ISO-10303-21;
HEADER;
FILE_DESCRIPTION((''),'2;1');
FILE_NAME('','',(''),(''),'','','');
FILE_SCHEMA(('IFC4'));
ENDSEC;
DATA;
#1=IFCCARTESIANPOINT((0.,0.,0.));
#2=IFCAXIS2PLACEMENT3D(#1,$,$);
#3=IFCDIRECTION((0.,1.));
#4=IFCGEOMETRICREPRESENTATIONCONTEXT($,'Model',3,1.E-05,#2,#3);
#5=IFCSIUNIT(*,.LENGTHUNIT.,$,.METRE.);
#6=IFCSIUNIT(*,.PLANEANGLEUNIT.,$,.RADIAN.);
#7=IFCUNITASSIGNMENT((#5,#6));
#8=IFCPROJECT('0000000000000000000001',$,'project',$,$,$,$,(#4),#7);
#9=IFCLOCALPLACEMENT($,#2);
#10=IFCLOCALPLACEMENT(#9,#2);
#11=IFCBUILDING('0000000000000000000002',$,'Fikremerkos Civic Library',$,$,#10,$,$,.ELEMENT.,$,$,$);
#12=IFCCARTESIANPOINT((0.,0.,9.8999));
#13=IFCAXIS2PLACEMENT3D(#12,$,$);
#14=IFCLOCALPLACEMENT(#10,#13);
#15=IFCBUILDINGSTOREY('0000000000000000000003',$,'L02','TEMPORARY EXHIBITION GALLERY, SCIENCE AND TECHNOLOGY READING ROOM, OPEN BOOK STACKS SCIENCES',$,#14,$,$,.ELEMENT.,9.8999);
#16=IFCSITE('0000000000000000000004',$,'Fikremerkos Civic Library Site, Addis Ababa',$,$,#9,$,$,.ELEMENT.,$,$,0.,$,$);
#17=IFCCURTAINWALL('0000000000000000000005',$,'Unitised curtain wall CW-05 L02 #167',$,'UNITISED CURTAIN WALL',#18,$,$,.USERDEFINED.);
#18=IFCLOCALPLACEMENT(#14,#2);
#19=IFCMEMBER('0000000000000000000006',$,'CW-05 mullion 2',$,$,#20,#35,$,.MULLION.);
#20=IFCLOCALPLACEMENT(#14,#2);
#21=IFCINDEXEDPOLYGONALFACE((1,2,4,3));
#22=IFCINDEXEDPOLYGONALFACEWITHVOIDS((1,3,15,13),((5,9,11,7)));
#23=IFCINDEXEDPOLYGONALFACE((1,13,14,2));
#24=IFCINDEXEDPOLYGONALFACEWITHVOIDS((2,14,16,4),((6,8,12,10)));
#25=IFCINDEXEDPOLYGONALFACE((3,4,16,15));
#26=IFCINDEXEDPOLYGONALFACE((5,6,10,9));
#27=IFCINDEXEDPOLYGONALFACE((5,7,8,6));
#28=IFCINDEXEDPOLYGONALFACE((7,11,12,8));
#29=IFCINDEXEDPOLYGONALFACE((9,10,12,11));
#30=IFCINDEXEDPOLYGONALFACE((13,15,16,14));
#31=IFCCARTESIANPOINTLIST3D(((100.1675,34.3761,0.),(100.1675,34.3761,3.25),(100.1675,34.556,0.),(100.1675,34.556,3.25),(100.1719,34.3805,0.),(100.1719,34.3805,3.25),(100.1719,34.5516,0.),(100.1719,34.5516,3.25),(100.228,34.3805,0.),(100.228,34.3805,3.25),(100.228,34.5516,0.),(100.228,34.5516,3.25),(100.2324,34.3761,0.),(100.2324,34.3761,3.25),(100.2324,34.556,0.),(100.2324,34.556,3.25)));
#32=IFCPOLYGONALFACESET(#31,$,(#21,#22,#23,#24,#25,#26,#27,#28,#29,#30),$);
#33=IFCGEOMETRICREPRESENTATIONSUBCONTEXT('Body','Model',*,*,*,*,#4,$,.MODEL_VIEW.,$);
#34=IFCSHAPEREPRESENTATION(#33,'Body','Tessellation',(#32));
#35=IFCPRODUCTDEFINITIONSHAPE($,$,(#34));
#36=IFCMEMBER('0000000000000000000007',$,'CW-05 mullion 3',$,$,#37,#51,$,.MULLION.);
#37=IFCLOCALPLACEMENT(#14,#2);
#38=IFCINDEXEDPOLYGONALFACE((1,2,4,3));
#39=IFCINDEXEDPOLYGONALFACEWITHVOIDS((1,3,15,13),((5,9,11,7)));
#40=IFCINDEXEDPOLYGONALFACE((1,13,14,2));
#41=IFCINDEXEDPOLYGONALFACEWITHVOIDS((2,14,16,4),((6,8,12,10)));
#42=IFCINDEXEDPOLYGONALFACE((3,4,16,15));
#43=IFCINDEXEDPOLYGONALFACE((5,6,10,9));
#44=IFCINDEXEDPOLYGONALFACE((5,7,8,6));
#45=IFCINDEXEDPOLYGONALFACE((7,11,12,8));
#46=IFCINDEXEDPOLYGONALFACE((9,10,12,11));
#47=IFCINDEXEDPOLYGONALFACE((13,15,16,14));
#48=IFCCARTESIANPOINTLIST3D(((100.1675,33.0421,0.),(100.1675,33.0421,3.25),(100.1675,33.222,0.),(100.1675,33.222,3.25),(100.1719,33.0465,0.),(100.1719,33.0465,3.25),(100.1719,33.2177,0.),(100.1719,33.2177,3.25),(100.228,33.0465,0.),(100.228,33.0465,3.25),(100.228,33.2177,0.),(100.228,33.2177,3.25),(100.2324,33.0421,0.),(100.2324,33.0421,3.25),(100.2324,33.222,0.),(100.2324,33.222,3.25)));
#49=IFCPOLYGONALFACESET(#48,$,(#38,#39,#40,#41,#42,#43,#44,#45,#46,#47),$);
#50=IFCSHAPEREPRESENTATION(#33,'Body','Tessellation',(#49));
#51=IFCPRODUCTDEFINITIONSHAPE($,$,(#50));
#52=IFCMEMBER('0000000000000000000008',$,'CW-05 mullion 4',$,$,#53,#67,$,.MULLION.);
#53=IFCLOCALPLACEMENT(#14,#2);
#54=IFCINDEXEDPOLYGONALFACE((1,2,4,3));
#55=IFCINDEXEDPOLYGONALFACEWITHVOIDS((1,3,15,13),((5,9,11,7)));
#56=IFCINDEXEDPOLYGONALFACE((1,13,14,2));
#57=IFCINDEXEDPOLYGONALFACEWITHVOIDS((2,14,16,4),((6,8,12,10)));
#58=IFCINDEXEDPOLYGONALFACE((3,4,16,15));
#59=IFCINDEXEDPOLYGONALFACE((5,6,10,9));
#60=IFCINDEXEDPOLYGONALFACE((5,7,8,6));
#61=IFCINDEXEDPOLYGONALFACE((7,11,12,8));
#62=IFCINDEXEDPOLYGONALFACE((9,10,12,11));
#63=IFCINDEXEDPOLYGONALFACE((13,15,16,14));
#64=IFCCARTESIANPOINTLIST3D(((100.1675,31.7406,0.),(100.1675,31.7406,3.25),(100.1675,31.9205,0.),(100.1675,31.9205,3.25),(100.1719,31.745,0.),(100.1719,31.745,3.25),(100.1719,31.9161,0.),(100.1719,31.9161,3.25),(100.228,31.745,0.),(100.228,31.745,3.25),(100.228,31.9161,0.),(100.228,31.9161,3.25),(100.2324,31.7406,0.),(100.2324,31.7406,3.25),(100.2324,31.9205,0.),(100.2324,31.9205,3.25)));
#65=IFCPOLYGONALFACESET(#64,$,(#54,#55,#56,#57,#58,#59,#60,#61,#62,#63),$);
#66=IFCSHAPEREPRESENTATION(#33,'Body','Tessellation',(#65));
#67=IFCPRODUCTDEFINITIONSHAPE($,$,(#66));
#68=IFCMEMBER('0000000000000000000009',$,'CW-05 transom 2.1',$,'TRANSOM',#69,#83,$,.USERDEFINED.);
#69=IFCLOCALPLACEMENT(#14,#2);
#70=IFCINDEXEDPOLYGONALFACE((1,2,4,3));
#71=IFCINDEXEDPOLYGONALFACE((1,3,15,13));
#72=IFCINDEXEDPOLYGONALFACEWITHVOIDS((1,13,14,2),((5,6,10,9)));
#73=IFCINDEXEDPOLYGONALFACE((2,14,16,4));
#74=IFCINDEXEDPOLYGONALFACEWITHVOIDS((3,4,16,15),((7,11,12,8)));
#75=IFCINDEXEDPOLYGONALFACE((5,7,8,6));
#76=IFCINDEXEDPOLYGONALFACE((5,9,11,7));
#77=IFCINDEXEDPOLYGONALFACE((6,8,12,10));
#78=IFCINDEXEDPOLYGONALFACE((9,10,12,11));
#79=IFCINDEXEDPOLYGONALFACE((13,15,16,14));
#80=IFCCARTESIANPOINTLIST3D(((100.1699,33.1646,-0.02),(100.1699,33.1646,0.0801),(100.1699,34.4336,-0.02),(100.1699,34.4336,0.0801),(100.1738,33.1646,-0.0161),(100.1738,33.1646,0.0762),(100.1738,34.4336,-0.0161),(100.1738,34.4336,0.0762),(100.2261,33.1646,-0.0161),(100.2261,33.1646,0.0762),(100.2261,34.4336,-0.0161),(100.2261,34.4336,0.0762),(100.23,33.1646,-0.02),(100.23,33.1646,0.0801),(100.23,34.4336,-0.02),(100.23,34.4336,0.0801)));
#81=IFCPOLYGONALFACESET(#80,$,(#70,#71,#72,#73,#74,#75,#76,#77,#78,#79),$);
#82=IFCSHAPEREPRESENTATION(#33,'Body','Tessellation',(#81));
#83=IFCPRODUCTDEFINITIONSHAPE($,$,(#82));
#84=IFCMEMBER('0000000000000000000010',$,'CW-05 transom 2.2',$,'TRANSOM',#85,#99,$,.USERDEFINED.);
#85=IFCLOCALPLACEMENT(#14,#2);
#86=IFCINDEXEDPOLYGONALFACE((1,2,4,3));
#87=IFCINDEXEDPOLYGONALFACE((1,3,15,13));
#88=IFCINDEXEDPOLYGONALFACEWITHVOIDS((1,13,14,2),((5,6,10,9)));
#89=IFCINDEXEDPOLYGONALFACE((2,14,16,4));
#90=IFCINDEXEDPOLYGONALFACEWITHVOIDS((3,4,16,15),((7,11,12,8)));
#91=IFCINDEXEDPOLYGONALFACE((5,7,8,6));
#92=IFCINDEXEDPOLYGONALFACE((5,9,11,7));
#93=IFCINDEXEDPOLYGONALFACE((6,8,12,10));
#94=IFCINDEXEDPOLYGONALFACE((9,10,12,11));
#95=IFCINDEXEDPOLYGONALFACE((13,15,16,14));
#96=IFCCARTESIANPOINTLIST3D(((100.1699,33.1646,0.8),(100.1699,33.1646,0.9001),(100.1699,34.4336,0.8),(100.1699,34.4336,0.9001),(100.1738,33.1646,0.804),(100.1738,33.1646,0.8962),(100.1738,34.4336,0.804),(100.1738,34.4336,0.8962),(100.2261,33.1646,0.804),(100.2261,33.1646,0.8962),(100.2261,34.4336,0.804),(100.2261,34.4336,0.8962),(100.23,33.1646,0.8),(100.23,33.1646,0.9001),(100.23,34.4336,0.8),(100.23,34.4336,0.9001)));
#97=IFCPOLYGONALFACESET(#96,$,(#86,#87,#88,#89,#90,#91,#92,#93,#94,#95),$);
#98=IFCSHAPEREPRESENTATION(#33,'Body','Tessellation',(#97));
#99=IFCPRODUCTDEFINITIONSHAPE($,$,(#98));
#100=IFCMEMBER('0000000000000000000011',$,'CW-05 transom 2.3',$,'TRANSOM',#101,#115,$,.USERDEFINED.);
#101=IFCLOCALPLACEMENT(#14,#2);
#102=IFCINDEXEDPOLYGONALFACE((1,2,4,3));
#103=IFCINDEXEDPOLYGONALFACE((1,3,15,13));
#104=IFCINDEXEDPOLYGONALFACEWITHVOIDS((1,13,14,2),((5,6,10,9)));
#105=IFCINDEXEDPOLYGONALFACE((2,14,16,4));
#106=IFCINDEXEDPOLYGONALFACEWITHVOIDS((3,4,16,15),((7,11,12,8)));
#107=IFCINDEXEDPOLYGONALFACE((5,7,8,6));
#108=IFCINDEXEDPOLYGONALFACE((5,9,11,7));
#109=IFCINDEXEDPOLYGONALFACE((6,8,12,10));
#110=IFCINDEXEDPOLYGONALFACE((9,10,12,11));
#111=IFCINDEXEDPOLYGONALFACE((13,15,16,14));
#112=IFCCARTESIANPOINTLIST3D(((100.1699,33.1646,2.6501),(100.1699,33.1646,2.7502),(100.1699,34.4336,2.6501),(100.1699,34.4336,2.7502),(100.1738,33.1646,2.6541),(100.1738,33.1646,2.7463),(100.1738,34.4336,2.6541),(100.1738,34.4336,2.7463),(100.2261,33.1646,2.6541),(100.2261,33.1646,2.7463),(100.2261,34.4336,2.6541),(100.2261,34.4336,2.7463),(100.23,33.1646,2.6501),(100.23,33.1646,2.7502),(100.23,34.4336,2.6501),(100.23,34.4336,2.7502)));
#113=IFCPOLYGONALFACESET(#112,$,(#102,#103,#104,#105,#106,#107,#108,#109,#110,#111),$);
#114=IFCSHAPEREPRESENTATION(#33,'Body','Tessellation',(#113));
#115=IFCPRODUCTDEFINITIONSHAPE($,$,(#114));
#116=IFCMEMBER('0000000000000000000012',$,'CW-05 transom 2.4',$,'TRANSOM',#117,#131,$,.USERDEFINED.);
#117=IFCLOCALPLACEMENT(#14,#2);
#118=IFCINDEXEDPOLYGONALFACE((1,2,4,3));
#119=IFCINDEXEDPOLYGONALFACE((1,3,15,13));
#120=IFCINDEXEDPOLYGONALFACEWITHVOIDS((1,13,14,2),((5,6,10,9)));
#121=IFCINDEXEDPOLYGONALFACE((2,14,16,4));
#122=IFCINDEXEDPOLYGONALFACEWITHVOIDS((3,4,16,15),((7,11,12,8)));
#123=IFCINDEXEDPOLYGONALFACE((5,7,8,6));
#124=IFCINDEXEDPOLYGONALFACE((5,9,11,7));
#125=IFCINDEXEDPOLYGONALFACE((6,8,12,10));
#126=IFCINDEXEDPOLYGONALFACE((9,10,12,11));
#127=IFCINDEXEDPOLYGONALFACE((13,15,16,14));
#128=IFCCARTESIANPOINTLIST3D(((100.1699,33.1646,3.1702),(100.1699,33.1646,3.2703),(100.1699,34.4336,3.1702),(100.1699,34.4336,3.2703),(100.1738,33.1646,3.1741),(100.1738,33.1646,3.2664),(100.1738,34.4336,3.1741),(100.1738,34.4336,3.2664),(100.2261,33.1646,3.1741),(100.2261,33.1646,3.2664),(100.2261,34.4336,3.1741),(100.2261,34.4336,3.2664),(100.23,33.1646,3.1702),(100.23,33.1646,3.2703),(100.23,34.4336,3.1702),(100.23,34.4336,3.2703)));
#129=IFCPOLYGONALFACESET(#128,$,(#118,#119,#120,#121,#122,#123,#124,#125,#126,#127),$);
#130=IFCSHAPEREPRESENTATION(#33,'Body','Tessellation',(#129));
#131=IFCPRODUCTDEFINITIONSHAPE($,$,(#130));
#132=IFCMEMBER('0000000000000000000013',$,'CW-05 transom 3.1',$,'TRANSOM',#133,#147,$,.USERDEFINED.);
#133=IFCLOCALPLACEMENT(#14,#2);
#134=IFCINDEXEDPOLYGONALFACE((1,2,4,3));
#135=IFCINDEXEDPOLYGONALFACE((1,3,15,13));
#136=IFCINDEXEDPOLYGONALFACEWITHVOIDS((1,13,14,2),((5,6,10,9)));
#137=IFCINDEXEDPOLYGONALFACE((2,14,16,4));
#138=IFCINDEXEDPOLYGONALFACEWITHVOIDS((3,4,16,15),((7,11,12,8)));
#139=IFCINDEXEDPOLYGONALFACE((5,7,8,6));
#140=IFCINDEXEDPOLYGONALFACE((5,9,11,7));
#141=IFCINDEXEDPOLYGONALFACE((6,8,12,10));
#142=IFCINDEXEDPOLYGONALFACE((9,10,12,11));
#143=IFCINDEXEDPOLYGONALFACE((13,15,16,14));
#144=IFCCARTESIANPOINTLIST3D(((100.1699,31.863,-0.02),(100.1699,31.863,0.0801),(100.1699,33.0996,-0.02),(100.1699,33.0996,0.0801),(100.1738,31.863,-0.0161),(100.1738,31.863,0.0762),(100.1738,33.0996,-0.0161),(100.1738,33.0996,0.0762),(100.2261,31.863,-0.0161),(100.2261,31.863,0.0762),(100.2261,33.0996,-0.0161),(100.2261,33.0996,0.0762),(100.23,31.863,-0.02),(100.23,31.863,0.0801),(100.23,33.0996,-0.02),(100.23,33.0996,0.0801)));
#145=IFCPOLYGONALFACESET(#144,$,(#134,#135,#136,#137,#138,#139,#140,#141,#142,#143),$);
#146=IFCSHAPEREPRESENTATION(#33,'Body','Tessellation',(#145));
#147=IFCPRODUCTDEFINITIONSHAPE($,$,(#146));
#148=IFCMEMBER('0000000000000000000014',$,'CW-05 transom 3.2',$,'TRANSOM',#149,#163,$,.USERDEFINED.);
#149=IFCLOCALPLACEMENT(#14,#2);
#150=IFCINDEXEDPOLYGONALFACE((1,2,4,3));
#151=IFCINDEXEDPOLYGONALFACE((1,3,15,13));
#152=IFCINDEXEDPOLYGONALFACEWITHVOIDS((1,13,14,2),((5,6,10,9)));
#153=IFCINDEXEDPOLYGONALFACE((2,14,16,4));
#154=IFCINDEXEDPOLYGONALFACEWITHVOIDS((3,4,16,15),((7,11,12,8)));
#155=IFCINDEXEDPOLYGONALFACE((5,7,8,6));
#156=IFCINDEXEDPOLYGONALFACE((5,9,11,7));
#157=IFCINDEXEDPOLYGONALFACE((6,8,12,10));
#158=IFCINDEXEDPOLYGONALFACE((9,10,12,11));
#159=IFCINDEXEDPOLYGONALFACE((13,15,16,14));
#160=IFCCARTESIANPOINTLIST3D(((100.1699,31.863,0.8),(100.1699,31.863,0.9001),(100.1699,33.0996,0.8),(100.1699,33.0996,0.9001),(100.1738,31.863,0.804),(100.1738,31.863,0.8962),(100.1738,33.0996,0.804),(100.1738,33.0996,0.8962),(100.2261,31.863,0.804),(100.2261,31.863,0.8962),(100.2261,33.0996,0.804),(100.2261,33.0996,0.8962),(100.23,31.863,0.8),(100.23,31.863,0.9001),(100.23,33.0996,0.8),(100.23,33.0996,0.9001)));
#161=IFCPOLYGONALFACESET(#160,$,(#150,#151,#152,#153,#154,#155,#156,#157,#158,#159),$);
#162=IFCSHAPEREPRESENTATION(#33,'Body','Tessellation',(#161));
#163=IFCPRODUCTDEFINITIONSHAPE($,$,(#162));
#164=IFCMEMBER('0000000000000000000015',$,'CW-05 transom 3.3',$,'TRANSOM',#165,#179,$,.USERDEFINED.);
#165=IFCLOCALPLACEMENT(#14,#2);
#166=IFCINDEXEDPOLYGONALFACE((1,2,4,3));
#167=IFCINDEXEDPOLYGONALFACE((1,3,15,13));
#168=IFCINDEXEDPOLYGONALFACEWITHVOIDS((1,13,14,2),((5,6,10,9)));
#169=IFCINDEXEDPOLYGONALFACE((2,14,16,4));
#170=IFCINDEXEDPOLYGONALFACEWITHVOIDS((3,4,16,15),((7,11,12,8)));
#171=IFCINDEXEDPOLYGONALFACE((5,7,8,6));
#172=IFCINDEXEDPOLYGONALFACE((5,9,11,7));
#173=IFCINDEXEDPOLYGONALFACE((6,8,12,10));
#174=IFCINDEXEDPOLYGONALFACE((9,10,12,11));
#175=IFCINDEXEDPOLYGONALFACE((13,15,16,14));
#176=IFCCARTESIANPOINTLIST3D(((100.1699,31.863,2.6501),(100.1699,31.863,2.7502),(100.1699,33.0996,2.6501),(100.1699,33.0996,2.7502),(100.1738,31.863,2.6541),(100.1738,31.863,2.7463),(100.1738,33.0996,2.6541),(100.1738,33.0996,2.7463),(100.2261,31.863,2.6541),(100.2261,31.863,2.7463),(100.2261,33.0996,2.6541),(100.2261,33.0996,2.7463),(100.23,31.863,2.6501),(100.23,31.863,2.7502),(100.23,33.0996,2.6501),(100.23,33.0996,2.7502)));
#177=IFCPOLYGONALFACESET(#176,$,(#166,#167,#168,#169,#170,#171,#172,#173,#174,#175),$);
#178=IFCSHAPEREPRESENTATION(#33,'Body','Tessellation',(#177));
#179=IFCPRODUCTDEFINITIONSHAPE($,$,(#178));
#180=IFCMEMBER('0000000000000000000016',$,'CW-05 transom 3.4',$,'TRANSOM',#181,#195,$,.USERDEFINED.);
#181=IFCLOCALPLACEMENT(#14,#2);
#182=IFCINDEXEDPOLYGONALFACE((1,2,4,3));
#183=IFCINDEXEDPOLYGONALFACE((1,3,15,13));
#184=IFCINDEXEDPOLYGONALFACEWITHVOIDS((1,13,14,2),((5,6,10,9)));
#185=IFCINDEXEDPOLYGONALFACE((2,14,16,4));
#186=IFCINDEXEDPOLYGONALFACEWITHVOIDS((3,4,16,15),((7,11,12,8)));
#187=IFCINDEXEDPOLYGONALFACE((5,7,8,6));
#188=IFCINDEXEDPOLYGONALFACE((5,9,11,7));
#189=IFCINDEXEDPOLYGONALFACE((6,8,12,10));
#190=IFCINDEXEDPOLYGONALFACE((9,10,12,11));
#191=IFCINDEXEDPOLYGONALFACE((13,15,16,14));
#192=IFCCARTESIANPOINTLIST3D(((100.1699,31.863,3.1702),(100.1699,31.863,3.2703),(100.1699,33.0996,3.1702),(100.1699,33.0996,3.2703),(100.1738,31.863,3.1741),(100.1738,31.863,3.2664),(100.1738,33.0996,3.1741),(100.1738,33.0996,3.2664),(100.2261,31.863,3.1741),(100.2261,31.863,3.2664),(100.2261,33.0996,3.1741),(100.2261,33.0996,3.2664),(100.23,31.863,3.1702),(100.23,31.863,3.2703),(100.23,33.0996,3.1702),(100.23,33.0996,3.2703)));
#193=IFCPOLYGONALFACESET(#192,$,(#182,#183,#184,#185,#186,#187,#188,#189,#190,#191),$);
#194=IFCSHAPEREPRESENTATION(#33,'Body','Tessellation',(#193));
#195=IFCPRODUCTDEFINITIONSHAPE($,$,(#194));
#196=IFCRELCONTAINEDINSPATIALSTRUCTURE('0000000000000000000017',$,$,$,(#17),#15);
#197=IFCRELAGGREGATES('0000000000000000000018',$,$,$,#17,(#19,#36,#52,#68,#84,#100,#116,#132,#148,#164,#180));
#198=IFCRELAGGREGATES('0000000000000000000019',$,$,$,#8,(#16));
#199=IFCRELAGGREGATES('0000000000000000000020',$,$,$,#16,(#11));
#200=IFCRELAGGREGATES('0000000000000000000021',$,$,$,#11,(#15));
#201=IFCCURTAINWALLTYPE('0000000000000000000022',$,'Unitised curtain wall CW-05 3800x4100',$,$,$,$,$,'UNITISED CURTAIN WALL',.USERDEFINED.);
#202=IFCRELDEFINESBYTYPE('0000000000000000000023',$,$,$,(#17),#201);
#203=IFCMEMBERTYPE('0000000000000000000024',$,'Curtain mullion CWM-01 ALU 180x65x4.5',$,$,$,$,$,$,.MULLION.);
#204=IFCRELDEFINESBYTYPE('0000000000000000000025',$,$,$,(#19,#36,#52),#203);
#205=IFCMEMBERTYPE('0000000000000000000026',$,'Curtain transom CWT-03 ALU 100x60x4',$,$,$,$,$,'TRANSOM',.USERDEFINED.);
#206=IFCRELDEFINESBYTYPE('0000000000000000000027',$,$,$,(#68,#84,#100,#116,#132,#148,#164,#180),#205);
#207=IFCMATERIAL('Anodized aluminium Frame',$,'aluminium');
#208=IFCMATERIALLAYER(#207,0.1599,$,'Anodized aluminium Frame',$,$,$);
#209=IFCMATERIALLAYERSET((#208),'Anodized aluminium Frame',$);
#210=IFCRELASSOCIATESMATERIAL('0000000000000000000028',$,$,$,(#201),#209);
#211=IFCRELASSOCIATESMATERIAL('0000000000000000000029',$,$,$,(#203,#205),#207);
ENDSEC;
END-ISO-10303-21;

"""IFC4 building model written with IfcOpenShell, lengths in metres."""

from ifc_helpers import new_model, si_unit, direction, frame, origin, origin_2d, place, context, subcontext, project, spatial, hollow_rectangle, extrude, material, layer, layer_set, material_profile, profile_set, type_object, element, aggregate, save


model = new_model("IFC4")

# Units and contexts
model_context = context("Model", 3, precision=1e-05, world=origin(), true_north=direction((0.0, 1.0)))
body_context = subcontext(model_context, "Body", "Model", "MODEL_VIEW")
ifc_project = project(units=[si_unit("LENGTHUNIT", "METRE"), si_unit("PLANEANGLEUNIT", "RADIAN")], contexts=[model_context])

# Site, building, storey
site_placement = place(None, origin())
site = spatial("IfcSite", under=ifc_project, at=site_placement, Name="Fikremerkos Civic Library Site, Addis Ababa", CompositionType="ELEMENT", RefElevation=0.0)
building_placement = place(site_placement, origin())
building = spatial("IfcBuilding", under=site, at=building_placement, Name="Fikremerkos Civic Library", CompositionType="ELEMENT")
storey_placement = place(building_placement, frame((0.0, 0.0, 9.8999)))
storey = spatial("IfcBuildingStorey", under=building, at=storey_placement, Name="L02", Description="TEMPORARY EXHIBITION GALLERY, SCIENCE AND TECHNOLOGY READING ROOM, OPEN BOOK STACKS SCIENCES", CompositionType="ELEMENT", Elevation=9.8999)

# Curtain wall, members
ifc_material_1 = material(Name="Anodized aluminium Frame", Category="aluminium")
ifc_layer_1 = layer(ifc_material_1, 0.1599, Name="Anodized aluminium Frame")
ifc_layer_set_1 = layer_set([ifc_layer_1], Name="Anodized aluminium Frame")
curtain_wall_type = type_object("IfcCurtainWallType", Name="Unitised curtain wall CW-05 3800x4100", ElementType="UNITISED CURTAIN WALL", PredefinedType="USERDEFINED", material=ifc_layer_set_1)
curtain_wall_placement = place(storey_placement, origin())
curtain_wall = element("IfcCurtainWall", 1, at=curtain_wall_placement, inside=storey, type_object=curtain_wall_type, Name="Unitised curtain wall CW-05 L02 #167", ObjectType="UNITISED CURTAIN WALL", PredefinedType="USERDEFINED")
ifc_material_profile_1 = material_profile(ifc_material_1, hollow_rectangle(XDim=0.0649, YDim=0.1799, WallThickness=0.0044, at=origin_2d()), Name="ALU 180x65x4.5")
ifc_profile_set_1 = profile_set([ifc_material_profile_1], Name="Anodized aluminium Frame")
member_type_1 = type_object("IfcMemberType", Name="Curtain mullion CWM-01 ALU 180x65x4.5", PredefinedType="MULLION", material=ifc_profile_set_1)
member_1_placement = place(storey_placement, frame((100.2, 34.4661, 0.0), z_axis=(0.0, 0.0, 1.0), x_axis=(1.0, 0.0, 0.0)))
member_1 = element("IfcMember", 2, at=member_1_placement, type_object=member_type_1, Name="CW-05 mullion 2", PredefinedType="MULLION", context=body_context, shape_type="SweptSolid", body=[
    extrude(hollow_rectangle(XDim=0.0649, YDim=0.1799, WallThickness=0.0044, at=origin_2d()), origin(), (0.0, 0.0, 1.0), 3.25),
])
member_2_placement = place(storey_placement, frame((100.2, 33.1321, 0.0), z_axis=(0.0, 0.0, 1.0), x_axis=(1.0, 0.0, 0.0)))
member_2 = element("IfcMember", 3, at=member_2_placement, type_object=member_type_1, Name="CW-05 mullion 3", PredefinedType="MULLION", context=body_context, shape_type="SweptSolid", body=[
    extrude(hollow_rectangle(XDim=0.0649, YDim=0.1799, WallThickness=0.0044, at=origin_2d()), origin(), (0.0, 0.0, 1.0), 3.25),
])
member_3_placement = place(storey_placement, frame((100.2, 31.8306, 0.0), z_axis=(0.0, 0.0, 1.0), x_axis=(1.0, 0.0, 0.0)))
member_3 = element("IfcMember", 4, at=member_3_placement, type_object=member_type_1, Name="CW-05 mullion 4", PredefinedType="MULLION", context=body_context, shape_type="SweptSolid", body=[
    extrude(hollow_rectangle(XDim=0.0649, YDim=0.1799, WallThickness=0.0044, at=origin_2d()), origin(), (0.0, 0.0, 1.0), 3.25),
])
ifc_material_profile_2 = material_profile(ifc_material_1, hollow_rectangle(XDim=0.0601, YDim=0.1001, WallThickness=0.0039, at=origin_2d()), Name="ALU 100x60x4")
ifc_profile_set_2 = profile_set([ifc_material_profile_2], Name="Anodized aluminium Frame")
member_type_2 = type_object("IfcMemberType", Name="Curtain transom CWT-03 ALU 100x60x4", ElementType="TRANSOM", PredefinedType="USERDEFINED", material=ifc_profile_set_2)
member_4_placement = place(storey_placement, frame((100.2, 34.4336, 0.03), z_axis=(0.0, -1.0, 0.0), x_axis=(1.0, 0.0, 0.0)))
member_4 = element("IfcMember", 5, at=member_4_placement, type_object=member_type_2, Name="CW-05 transom 2.1", ObjectType="TRANSOM", PredefinedType="USERDEFINED", context=body_context, shape_type="SweptSolid", body=[
    extrude(hollow_rectangle(XDim=0.0601, YDim=0.1001, WallThickness=0.0039, at=origin_2d()), origin(), (0.0, 0.0, 1.0), 1.269),
])
member_5_placement = place(storey_placement, frame((100.2, 34.4336, 0.8501), z_axis=(0.0, -1.0, 0.0), x_axis=(1.0, 0.0, 0.0)))
member_5 = element("IfcMember", 6, at=member_5_placement, type_object=member_type_2, Name="CW-05 transom 2.2", ObjectType="TRANSOM", PredefinedType="USERDEFINED", context=body_context, shape_type="SweptSolid", body=[
    extrude(hollow_rectangle(XDim=0.0601, YDim=0.1001, WallThickness=0.0039, at=origin_2d()), origin(), (0.0, 0.0, 1.0), 1.269),
])
member_6_placement = place(storey_placement, frame((100.2, 34.4336, 2.7002), z_axis=(0.0, -1.0, 0.0), x_axis=(1.0, 0.0, 0.0)))
member_6 = element("IfcMember", 7, at=member_6_placement, type_object=member_type_2, Name="CW-05 transom 2.3", ObjectType="TRANSOM", PredefinedType="USERDEFINED", context=body_context, shape_type="SweptSolid", body=[
    extrude(hollow_rectangle(XDim=0.0601, YDim=0.1001, WallThickness=0.0039, at=origin_2d()), origin(), (0.0, 0.0, 1.0), 1.269),
])
member_7_placement = place(storey_placement, frame((100.2, 34.4336, 3.2202), z_axis=(0.0, -1.0, 0.0), x_axis=(1.0, 0.0, 0.0)))
member_7 = element("IfcMember", 8, at=member_7_placement, type_object=member_type_2, Name="CW-05 transom 2.4", ObjectType="TRANSOM", PredefinedType="USERDEFINED", context=body_context, shape_type="SweptSolid", body=[
    extrude(hollow_rectangle(XDim=0.0601, YDim=0.1001, WallThickness=0.0039, at=origin_2d()), origin(), (0.0, 0.0, 1.0), 1.269),
])
member_8_placement = place(storey_placement, frame((100.2, 33.0996, 0.03), z_axis=(0.0, -1.0, 0.0), x_axis=(1.0, 0.0, 0.0)))
member_8 = element("IfcMember", 9, at=member_8_placement, type_object=member_type_2, Name="CW-05 transom 3.1", ObjectType="TRANSOM", PredefinedType="USERDEFINED", context=body_context, shape_type="SweptSolid", body=[
    extrude(hollow_rectangle(XDim=0.0601, YDim=0.1001, WallThickness=0.0039, at=origin_2d()), origin(), (0.0, 0.0, 1.0), 1.2366),
])
member_9_placement = place(storey_placement, frame((100.2, 33.0996, 0.8501), z_axis=(0.0, -1.0, 0.0), x_axis=(1.0, 0.0, 0.0)))
member_9 = element("IfcMember", 10, at=member_9_placement, type_object=member_type_2, Name="CW-05 transom 3.2", ObjectType="TRANSOM", PredefinedType="USERDEFINED", context=body_context, shape_type="SweptSolid", body=[
    extrude(hollow_rectangle(XDim=0.0601, YDim=0.1001, WallThickness=0.0039, at=origin_2d()), origin(), (0.0, 0.0, 1.0), 1.2366),
])
member_10_placement = place(storey_placement, frame((100.2, 33.0996, 2.7002), z_axis=(0.0, -1.0, 0.0), x_axis=(1.0, 0.0, 0.0)))
member_10 = element("IfcMember", 11, at=member_10_placement, type_object=member_type_2, Name="CW-05 transom 3.3", ObjectType="TRANSOM", PredefinedType="USERDEFINED", context=body_context, shape_type="SweptSolid", body=[
    extrude(hollow_rectangle(XDim=0.0601, YDim=0.1001, WallThickness=0.0039, at=origin_2d()), origin(), (0.0, 0.0, 1.0), 1.2366),
])
member_11_placement = place(storey_placement, frame((100.2, 33.0996, 3.2202), z_axis=(0.0, -1.0, 0.0), x_axis=(1.0, 0.0, 0.0)))
member_11 = element("IfcMember", 12, at=member_11_placement, type_object=member_type_2, Name="CW-05 transom 3.4", ObjectType="TRANSOM", PredefinedType="USERDEFINED", context=body_context, shape_type="SweptSolid", body=[
    extrude(hollow_rectangle(XDim=0.0601, YDim=0.1001, WallThickness=0.0039, at=origin_2d()), origin(), (0.0, 0.0, 1.0), 1.2366),
])

aggregate(curtain_wall, [member_1, member_2, member_3, member_4, member_5, member_6, member_7, member_8, member_9, member_10, member_11])

save(model, "model.ifc")
